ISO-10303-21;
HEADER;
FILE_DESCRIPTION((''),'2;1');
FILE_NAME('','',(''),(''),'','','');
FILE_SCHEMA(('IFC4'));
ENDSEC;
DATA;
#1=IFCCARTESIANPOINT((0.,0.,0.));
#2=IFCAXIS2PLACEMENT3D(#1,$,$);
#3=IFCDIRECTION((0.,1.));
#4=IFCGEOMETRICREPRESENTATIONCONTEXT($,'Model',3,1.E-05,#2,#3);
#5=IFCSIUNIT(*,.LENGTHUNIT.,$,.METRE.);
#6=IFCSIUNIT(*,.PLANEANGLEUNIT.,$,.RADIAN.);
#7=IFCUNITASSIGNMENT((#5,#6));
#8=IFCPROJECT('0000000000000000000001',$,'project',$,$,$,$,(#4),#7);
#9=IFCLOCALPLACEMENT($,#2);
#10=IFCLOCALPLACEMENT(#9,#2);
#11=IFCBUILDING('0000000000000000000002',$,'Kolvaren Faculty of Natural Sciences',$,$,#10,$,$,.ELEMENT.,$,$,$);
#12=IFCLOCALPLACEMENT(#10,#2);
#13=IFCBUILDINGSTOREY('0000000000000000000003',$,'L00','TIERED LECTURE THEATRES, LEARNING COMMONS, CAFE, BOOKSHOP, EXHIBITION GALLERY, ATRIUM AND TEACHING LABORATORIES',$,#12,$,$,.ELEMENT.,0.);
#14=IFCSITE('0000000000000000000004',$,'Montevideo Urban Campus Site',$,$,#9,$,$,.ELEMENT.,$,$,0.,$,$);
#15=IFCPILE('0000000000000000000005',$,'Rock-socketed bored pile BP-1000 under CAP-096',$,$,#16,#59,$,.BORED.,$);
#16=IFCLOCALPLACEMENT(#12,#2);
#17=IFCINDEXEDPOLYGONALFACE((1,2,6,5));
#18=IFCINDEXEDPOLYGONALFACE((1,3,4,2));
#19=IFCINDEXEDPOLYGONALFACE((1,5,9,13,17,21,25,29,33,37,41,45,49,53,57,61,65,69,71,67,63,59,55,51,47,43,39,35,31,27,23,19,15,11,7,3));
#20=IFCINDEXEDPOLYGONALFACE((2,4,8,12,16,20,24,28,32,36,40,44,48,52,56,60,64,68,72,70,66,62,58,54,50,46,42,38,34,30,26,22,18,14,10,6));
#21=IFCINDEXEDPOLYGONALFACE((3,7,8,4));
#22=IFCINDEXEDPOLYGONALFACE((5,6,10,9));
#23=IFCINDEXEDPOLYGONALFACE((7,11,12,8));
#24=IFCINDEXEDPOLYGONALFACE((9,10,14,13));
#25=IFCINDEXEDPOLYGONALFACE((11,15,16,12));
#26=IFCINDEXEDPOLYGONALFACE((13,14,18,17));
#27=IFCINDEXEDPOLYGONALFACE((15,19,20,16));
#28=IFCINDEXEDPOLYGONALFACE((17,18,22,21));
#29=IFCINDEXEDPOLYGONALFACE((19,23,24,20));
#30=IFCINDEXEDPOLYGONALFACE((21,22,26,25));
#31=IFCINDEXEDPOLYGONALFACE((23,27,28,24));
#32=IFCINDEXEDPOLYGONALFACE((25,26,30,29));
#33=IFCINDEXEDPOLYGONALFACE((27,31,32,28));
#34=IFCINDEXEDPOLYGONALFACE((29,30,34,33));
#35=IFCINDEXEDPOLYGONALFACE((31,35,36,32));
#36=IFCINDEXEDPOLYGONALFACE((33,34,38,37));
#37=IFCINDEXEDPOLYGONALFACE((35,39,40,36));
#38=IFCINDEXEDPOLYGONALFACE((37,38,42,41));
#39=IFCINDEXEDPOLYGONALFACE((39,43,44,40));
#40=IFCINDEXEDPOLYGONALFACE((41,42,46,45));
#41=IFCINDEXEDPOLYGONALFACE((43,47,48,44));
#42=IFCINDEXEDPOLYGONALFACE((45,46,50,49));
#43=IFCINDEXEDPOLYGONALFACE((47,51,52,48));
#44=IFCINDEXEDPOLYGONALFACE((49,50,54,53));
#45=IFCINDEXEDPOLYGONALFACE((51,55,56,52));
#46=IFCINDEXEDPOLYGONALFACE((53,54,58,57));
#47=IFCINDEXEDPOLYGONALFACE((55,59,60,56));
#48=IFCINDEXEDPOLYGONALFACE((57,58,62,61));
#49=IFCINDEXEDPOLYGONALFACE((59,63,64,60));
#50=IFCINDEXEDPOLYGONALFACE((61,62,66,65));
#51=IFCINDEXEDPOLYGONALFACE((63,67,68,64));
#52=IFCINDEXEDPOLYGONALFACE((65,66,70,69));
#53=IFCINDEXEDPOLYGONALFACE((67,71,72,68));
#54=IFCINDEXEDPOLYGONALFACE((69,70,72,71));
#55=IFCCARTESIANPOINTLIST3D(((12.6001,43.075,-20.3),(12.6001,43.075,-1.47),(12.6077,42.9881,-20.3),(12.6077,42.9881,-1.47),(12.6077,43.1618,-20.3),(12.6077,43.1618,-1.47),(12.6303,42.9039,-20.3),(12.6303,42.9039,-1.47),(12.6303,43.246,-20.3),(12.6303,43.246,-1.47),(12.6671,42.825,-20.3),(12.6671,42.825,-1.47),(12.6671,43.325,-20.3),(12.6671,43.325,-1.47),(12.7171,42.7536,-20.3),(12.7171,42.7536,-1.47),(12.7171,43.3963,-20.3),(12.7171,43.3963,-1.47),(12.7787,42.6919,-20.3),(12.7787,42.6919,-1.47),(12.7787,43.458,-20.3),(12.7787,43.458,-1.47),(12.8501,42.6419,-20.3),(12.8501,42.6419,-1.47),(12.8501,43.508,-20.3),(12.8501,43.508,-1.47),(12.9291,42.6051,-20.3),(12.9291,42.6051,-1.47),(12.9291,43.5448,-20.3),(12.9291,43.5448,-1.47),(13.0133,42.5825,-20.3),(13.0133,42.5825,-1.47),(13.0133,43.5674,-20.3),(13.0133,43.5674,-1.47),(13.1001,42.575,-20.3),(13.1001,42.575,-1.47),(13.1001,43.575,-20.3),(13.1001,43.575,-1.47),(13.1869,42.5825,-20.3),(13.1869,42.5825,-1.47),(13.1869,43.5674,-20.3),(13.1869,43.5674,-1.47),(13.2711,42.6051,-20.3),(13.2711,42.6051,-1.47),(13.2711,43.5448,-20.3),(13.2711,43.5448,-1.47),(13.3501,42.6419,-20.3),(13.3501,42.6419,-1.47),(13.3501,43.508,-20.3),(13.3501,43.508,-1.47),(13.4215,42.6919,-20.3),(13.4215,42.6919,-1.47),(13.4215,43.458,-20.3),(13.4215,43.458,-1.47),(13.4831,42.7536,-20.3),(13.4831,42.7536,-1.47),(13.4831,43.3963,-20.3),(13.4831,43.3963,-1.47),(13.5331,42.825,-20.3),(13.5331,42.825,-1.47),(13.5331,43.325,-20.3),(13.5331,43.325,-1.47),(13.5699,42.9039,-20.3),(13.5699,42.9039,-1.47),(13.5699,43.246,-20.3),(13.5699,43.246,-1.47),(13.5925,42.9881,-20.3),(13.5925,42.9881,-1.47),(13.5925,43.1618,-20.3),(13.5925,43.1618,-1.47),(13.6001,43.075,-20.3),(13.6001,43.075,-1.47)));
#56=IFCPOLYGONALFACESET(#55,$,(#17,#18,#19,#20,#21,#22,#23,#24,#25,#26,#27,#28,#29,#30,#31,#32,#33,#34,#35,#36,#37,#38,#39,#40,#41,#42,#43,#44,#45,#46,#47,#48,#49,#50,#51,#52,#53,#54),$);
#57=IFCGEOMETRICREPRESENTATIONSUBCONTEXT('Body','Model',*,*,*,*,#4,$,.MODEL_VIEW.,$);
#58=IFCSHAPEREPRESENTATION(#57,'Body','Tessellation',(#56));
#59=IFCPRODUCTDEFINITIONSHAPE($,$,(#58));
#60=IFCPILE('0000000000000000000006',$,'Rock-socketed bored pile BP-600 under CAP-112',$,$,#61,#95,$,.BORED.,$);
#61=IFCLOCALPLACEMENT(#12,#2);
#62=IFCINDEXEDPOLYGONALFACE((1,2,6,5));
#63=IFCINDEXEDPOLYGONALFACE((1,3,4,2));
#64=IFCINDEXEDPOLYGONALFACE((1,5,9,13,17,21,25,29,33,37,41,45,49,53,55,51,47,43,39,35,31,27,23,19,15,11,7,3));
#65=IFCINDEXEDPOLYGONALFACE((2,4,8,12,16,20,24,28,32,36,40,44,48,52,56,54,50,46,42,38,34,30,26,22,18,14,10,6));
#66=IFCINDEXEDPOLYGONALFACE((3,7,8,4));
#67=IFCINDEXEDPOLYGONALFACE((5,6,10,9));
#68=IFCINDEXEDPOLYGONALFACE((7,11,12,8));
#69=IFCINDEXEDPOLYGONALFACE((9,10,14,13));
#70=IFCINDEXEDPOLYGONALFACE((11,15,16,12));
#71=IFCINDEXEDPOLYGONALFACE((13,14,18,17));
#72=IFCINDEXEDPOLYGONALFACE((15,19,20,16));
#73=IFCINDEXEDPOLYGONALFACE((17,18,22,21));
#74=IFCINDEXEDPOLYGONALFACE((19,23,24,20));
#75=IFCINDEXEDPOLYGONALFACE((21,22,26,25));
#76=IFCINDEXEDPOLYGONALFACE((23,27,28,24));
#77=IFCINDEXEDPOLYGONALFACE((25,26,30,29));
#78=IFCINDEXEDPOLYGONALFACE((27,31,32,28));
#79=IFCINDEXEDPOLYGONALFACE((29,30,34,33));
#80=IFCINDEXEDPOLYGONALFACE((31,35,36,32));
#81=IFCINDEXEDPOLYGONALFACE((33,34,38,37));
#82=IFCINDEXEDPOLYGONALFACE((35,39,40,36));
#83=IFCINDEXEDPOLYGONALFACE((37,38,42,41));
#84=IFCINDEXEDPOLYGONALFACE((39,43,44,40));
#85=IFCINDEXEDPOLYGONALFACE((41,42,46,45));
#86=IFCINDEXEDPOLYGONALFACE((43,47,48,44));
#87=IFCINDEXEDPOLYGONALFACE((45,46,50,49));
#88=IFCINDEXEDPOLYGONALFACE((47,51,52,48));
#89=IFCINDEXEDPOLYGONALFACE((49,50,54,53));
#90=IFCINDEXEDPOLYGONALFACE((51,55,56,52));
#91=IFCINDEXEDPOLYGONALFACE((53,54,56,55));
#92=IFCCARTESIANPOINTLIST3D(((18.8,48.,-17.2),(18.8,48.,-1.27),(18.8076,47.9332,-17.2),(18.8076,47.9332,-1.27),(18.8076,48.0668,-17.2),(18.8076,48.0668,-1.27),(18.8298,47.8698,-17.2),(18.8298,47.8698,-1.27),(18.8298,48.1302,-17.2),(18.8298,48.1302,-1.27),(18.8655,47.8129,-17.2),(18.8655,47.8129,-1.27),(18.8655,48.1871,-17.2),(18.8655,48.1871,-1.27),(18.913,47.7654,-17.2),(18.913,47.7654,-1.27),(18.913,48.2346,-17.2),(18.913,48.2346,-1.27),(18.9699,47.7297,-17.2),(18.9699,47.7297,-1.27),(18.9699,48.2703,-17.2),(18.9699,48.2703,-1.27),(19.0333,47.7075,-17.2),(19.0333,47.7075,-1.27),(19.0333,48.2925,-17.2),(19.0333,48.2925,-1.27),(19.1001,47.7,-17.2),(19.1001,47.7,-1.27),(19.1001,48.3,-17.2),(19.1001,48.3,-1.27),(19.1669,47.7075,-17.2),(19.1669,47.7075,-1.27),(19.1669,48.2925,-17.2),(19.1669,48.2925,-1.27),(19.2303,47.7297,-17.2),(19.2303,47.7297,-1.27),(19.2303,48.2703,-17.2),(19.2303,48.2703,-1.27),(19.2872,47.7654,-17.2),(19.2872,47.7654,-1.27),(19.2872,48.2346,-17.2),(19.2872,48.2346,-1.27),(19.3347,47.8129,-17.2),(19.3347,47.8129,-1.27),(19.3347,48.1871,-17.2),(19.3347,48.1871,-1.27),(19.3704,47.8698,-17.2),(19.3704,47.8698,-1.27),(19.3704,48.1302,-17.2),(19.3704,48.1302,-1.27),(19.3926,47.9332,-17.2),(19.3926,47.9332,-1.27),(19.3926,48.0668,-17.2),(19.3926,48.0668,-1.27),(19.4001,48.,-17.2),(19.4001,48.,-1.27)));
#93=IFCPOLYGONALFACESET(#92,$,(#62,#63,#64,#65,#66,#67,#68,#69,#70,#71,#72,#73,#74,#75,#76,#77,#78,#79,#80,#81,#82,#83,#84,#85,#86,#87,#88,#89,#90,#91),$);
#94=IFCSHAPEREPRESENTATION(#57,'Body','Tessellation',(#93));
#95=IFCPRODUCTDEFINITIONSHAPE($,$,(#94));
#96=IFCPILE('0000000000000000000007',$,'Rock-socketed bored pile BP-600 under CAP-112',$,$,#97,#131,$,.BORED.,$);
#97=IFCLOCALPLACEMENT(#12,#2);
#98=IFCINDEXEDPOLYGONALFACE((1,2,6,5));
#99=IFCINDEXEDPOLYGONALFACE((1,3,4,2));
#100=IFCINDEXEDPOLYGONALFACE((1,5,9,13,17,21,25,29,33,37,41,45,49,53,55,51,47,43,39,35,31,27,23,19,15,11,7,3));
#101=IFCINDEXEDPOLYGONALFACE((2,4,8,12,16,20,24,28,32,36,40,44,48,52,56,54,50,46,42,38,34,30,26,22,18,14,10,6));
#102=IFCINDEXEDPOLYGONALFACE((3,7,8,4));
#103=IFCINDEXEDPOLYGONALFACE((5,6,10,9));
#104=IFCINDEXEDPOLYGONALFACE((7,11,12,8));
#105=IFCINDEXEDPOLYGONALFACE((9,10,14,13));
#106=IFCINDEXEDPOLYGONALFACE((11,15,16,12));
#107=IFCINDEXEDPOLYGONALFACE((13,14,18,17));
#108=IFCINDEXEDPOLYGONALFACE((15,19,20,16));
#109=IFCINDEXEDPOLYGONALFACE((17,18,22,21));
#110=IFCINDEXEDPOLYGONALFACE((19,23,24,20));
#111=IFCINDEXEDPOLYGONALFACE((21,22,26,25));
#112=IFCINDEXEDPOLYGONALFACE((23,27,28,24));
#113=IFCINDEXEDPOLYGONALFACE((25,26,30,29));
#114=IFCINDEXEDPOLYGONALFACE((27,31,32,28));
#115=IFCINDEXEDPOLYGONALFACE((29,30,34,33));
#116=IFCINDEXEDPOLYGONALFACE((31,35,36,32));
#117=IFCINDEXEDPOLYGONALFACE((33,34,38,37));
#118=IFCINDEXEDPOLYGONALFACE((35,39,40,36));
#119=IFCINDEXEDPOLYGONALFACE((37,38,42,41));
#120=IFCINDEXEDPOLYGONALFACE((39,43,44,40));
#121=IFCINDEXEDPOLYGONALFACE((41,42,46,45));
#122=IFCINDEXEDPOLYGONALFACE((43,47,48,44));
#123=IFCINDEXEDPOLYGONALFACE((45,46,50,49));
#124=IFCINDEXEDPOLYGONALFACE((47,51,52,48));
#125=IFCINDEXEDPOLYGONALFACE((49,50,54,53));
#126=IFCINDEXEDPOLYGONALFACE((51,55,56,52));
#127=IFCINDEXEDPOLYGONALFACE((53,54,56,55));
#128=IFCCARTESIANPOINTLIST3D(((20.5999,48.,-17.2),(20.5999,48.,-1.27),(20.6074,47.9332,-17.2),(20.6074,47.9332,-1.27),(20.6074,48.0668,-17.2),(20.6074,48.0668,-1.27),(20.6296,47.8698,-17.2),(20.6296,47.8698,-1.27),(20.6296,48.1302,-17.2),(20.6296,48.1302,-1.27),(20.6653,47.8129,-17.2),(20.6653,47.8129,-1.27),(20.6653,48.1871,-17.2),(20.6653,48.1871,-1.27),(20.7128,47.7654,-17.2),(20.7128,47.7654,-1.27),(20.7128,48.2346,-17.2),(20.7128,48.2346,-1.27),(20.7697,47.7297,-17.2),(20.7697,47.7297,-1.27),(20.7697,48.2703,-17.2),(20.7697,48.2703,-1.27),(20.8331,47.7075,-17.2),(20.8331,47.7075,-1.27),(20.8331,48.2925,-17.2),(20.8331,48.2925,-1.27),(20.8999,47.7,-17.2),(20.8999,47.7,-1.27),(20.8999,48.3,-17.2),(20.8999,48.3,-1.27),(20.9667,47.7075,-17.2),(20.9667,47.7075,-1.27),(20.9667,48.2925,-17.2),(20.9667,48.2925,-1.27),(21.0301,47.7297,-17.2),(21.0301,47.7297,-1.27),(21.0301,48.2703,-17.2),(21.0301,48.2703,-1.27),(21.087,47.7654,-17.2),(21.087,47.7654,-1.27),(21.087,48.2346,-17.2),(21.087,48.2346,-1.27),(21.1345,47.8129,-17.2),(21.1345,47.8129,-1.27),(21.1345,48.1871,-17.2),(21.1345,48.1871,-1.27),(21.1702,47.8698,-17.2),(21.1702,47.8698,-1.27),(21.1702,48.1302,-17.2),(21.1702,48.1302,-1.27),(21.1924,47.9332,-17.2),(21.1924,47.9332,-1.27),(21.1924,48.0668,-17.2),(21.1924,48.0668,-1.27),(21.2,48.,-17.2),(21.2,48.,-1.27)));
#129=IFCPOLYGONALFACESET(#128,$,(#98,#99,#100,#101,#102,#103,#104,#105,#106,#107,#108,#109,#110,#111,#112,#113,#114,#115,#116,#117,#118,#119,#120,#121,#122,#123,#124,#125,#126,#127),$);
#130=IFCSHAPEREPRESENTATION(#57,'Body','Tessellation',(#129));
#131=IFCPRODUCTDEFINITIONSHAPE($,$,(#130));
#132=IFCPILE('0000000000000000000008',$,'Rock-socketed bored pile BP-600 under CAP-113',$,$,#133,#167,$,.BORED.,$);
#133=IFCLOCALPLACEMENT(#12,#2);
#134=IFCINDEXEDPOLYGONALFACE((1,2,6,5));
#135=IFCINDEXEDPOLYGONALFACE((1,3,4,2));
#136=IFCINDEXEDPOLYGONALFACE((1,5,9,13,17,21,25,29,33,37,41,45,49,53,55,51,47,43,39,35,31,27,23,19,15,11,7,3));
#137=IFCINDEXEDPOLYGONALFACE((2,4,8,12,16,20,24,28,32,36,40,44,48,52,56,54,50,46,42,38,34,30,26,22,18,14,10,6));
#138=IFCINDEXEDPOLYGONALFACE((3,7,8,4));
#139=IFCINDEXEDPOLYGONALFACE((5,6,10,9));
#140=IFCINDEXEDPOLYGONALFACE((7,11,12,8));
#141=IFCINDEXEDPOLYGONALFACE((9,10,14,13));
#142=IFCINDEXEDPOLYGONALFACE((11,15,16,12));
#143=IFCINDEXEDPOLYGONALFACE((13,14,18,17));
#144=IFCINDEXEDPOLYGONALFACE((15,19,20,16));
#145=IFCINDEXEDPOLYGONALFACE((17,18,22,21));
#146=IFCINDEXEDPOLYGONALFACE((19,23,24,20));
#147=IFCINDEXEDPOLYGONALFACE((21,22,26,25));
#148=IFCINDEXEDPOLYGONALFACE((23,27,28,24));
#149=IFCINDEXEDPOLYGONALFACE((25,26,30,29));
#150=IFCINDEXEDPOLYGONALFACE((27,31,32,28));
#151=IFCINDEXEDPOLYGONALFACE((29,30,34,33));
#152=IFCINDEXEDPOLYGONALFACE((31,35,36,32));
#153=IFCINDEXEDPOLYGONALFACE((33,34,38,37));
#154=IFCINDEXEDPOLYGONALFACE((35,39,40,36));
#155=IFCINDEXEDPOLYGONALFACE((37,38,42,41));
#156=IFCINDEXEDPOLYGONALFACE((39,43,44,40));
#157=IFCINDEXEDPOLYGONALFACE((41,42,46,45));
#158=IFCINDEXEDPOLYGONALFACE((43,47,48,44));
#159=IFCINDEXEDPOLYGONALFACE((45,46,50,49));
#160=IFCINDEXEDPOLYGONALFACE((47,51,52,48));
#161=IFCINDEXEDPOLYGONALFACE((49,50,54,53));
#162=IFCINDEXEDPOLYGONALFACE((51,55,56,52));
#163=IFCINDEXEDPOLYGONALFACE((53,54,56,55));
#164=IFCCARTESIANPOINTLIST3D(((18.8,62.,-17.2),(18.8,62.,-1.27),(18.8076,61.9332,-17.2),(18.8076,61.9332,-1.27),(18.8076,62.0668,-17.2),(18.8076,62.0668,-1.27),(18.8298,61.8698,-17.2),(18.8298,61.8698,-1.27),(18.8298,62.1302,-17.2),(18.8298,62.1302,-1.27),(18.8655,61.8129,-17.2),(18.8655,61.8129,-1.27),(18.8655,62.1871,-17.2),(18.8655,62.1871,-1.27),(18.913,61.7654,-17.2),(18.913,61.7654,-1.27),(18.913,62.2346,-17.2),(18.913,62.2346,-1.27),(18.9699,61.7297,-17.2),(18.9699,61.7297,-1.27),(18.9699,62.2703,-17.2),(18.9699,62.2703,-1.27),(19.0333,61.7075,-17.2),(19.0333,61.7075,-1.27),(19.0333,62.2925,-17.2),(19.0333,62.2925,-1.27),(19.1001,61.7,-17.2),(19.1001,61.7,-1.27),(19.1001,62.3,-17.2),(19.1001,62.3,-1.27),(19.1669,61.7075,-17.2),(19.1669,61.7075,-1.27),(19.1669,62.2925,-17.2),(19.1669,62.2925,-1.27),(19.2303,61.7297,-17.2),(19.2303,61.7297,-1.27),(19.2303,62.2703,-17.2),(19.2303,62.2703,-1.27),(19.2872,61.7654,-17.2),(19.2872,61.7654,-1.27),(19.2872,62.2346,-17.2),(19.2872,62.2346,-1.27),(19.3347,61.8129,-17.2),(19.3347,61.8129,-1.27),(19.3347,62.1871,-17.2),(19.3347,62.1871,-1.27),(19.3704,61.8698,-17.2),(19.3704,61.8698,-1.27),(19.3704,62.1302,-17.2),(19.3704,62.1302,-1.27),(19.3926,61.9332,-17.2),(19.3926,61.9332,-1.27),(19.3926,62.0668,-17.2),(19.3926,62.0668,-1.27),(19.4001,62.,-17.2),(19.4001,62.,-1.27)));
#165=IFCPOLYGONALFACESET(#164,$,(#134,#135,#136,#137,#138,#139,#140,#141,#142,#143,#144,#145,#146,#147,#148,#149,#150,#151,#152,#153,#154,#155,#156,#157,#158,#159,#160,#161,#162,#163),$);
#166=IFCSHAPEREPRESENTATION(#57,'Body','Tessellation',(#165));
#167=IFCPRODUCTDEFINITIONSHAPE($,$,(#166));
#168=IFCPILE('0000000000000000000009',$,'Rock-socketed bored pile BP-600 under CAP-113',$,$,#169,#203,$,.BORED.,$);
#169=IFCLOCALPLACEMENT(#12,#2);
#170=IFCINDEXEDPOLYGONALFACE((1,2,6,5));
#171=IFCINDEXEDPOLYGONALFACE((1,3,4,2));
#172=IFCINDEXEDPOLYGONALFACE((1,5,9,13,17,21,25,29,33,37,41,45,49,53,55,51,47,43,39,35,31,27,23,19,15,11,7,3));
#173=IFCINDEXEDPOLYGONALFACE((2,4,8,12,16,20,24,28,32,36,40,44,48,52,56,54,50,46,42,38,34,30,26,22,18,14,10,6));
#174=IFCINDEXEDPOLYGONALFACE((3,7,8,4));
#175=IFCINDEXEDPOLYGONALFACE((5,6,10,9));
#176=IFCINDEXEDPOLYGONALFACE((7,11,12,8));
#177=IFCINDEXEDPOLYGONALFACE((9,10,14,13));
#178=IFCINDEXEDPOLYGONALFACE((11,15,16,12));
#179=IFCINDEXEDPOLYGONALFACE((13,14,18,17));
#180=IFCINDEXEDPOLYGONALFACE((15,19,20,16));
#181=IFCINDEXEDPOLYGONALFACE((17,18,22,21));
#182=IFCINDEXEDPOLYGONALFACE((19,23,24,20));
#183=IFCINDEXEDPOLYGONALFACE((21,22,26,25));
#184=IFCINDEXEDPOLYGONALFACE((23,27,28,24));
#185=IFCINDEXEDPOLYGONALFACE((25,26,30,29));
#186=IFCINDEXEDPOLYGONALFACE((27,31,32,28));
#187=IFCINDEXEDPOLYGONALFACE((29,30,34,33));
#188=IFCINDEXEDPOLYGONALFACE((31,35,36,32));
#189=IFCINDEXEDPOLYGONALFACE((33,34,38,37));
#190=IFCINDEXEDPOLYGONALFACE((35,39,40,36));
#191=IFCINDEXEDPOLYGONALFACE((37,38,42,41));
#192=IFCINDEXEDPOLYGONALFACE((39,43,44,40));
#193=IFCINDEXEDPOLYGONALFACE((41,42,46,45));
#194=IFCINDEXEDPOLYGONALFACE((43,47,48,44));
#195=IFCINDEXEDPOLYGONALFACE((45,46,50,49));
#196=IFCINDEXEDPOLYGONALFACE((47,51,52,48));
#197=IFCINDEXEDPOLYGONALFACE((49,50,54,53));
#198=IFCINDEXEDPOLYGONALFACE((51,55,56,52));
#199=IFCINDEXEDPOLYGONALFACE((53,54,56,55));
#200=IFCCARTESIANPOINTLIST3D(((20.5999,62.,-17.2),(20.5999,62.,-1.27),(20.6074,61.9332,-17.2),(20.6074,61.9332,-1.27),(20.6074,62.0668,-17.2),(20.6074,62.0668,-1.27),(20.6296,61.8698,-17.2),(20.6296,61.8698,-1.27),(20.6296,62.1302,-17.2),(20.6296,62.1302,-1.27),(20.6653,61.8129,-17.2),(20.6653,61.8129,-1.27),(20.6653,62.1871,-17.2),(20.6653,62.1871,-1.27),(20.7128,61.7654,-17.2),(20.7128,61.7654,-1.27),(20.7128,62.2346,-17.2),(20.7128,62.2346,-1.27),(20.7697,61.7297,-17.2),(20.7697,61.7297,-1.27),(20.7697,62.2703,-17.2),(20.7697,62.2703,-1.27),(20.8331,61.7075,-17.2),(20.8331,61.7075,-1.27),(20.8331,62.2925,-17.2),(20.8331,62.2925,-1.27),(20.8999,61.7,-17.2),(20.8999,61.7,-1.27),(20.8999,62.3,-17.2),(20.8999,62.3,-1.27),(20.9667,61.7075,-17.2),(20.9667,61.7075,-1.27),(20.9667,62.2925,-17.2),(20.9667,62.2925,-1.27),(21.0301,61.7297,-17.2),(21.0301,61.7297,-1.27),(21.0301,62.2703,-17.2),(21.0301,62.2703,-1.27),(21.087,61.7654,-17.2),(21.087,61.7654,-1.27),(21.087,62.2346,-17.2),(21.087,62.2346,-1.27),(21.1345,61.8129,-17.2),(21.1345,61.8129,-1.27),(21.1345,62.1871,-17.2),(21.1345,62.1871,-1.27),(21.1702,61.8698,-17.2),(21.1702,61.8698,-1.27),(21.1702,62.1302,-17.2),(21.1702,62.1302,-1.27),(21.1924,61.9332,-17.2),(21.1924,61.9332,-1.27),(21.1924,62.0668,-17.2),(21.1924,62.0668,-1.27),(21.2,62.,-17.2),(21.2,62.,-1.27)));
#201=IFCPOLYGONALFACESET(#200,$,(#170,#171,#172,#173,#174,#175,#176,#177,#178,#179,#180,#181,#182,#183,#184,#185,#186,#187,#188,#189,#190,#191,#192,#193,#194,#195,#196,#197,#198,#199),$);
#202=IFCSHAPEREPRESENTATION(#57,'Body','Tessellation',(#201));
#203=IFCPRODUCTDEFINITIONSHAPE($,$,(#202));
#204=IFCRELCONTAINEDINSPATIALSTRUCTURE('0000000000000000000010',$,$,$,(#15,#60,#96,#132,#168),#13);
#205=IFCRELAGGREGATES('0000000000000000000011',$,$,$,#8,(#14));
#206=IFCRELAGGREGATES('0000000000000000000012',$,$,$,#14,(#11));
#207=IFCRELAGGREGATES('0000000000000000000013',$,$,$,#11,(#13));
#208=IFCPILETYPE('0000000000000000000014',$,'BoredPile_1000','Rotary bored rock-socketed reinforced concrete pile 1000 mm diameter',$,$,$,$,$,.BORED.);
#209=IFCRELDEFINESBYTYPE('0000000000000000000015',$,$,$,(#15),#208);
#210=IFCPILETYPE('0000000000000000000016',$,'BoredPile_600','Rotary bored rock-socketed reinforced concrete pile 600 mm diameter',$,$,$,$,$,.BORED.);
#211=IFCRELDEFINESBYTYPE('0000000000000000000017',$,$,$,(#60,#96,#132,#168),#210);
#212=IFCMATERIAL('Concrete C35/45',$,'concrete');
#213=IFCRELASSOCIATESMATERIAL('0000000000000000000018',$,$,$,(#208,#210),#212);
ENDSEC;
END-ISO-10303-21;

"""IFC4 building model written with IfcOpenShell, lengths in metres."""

from ifc_helpers import new_model, si_unit, direction, frame, origin, origin_2d, place, context, subcontext, project, spatial, circle, extrude, material, material_profile, profile_set, type_object, element, save


model = new_model("IFC4")

# Units and contexts
model_context = context("Model", 3, precision=1e-05, world=origin(), true_north=direction((0.0, 1.0)))
body_context = subcontext(model_context, "Body", "Model", "MODEL_VIEW")
ifc_project = project(units=[si_unit("LENGTHUNIT", "METRE"), si_unit("PLANEANGLEUNIT", "RADIAN")], contexts=[model_context])

# Site, building, storey
site_placement = place(None, origin())
site = spatial("IfcSite", under=ifc_project, at=site_placement, Name="Montevideo Urban Campus Site", CompositionType="ELEMENT", RefElevation=0.0)
building_placement = place(site_placement, origin())
building = spatial("IfcBuilding", under=site, at=building_placement, Name="Kolvaren Faculty of Natural Sciences", CompositionType="ELEMENT")
storey_placement = place(building_placement, origin())
storey = spatial("IfcBuildingStorey", under=building, at=storey_placement, Name="L00", Description="TIERED LECTURE THEATRES, LEARNING COMMONS, CAFE, BOOKSHOP, EXHIBITION GALLERY, ATRIUM AND TEACHING LABORATORIES", CompositionType="ELEMENT", Elevation=0.0)

# Piles
ifc_material_1 = material(Name="Concrete C35/45", Category="concrete")
ifc_material_profile_1 = material_profile(ifc_material_1, circle(Radius=0.5, at=origin_2d()), Name="PILE D1000")
ifc_profile_set_1 = profile_set([ifc_material_profile_1], Name="Concrete C35/45")
pile_type_1 = type_object("IfcPileType", Name="BoredPile_1000", Description="Rotary bored rock-socketed reinforced concrete pile 1000 mm diameter", PredefinedType="BORED", material=ifc_profile_set_1)
pile_placement = place(storey_placement, frame((13.1001, 43.075, -1.47), z_axis=(0.0, 0.0, -1.0), x_axis=(1.0, 0.0, 0.0)))
element("IfcPile", 1, at=pile_placement, inside=storey, type_object=pile_type_1, Name="Rock-socketed bored pile BP-1000 under CAP-096", PredefinedType="BORED", context=body_context, shape_type="SweptSolid", body=[
    extrude(circle(Radius=0.5, at=origin_2d()), origin(), (0.0, 0.0, 1.0), 18.8301),
])
ifc_material_profile_2 = material_profile(ifc_material_1, circle(Radius=0.3, at=origin_2d()), Name="PILE D600")
ifc_profile_set_2 = profile_set([ifc_material_profile_2], Name="Concrete C35/45")
pile_type_2 = type_object("IfcPileType", Name="BoredPile_600", Description="Rotary bored rock-socketed reinforced concrete pile 600 mm diameter", PredefinedType="BORED", material=ifc_profile_set_2)
for number, where, z_axis, x_axis, name in (
    (2, (19.1001, 48.0, -1.27), (0.0, 0.0, -1.0), (1.0, 0.0, 0.0), "Rock-socketed bored pile BP-600 under CAP-112"),
    (3, (20.8999, 48.0, -1.27), (0.0, 0.0, -1.0), (1.0, 0.0, 0.0), "Rock-socketed bored pile BP-600 under CAP-112"),
    (4, (19.1001, 62.0, -1.27), (0.0, 0.0, -1.0), (1.0, 0.0, 0.0), "Rock-socketed bored pile BP-600 under CAP-113"),
    (5, (20.8999, 62.0, -1.27), (0.0, 0.0, -1.0), (1.0, 0.0, 0.0), "Rock-socketed bored pile BP-600 under CAP-113"),
):
    element("IfcPile", number, at=place(storey_placement, frame(where, z_axis=z_axis, x_axis=x_axis)), inside=storey, type_object=pile_type_2, Name=name, PredefinedType="BORED", context=body_context, shape_type="SweptSolid", body=[
        extrude(circle(Radius=0.3, at=origin_2d()), origin(), (0.0, 0.0, 1.0), 15.9299),
    ])

save(model, "model.ifc")
